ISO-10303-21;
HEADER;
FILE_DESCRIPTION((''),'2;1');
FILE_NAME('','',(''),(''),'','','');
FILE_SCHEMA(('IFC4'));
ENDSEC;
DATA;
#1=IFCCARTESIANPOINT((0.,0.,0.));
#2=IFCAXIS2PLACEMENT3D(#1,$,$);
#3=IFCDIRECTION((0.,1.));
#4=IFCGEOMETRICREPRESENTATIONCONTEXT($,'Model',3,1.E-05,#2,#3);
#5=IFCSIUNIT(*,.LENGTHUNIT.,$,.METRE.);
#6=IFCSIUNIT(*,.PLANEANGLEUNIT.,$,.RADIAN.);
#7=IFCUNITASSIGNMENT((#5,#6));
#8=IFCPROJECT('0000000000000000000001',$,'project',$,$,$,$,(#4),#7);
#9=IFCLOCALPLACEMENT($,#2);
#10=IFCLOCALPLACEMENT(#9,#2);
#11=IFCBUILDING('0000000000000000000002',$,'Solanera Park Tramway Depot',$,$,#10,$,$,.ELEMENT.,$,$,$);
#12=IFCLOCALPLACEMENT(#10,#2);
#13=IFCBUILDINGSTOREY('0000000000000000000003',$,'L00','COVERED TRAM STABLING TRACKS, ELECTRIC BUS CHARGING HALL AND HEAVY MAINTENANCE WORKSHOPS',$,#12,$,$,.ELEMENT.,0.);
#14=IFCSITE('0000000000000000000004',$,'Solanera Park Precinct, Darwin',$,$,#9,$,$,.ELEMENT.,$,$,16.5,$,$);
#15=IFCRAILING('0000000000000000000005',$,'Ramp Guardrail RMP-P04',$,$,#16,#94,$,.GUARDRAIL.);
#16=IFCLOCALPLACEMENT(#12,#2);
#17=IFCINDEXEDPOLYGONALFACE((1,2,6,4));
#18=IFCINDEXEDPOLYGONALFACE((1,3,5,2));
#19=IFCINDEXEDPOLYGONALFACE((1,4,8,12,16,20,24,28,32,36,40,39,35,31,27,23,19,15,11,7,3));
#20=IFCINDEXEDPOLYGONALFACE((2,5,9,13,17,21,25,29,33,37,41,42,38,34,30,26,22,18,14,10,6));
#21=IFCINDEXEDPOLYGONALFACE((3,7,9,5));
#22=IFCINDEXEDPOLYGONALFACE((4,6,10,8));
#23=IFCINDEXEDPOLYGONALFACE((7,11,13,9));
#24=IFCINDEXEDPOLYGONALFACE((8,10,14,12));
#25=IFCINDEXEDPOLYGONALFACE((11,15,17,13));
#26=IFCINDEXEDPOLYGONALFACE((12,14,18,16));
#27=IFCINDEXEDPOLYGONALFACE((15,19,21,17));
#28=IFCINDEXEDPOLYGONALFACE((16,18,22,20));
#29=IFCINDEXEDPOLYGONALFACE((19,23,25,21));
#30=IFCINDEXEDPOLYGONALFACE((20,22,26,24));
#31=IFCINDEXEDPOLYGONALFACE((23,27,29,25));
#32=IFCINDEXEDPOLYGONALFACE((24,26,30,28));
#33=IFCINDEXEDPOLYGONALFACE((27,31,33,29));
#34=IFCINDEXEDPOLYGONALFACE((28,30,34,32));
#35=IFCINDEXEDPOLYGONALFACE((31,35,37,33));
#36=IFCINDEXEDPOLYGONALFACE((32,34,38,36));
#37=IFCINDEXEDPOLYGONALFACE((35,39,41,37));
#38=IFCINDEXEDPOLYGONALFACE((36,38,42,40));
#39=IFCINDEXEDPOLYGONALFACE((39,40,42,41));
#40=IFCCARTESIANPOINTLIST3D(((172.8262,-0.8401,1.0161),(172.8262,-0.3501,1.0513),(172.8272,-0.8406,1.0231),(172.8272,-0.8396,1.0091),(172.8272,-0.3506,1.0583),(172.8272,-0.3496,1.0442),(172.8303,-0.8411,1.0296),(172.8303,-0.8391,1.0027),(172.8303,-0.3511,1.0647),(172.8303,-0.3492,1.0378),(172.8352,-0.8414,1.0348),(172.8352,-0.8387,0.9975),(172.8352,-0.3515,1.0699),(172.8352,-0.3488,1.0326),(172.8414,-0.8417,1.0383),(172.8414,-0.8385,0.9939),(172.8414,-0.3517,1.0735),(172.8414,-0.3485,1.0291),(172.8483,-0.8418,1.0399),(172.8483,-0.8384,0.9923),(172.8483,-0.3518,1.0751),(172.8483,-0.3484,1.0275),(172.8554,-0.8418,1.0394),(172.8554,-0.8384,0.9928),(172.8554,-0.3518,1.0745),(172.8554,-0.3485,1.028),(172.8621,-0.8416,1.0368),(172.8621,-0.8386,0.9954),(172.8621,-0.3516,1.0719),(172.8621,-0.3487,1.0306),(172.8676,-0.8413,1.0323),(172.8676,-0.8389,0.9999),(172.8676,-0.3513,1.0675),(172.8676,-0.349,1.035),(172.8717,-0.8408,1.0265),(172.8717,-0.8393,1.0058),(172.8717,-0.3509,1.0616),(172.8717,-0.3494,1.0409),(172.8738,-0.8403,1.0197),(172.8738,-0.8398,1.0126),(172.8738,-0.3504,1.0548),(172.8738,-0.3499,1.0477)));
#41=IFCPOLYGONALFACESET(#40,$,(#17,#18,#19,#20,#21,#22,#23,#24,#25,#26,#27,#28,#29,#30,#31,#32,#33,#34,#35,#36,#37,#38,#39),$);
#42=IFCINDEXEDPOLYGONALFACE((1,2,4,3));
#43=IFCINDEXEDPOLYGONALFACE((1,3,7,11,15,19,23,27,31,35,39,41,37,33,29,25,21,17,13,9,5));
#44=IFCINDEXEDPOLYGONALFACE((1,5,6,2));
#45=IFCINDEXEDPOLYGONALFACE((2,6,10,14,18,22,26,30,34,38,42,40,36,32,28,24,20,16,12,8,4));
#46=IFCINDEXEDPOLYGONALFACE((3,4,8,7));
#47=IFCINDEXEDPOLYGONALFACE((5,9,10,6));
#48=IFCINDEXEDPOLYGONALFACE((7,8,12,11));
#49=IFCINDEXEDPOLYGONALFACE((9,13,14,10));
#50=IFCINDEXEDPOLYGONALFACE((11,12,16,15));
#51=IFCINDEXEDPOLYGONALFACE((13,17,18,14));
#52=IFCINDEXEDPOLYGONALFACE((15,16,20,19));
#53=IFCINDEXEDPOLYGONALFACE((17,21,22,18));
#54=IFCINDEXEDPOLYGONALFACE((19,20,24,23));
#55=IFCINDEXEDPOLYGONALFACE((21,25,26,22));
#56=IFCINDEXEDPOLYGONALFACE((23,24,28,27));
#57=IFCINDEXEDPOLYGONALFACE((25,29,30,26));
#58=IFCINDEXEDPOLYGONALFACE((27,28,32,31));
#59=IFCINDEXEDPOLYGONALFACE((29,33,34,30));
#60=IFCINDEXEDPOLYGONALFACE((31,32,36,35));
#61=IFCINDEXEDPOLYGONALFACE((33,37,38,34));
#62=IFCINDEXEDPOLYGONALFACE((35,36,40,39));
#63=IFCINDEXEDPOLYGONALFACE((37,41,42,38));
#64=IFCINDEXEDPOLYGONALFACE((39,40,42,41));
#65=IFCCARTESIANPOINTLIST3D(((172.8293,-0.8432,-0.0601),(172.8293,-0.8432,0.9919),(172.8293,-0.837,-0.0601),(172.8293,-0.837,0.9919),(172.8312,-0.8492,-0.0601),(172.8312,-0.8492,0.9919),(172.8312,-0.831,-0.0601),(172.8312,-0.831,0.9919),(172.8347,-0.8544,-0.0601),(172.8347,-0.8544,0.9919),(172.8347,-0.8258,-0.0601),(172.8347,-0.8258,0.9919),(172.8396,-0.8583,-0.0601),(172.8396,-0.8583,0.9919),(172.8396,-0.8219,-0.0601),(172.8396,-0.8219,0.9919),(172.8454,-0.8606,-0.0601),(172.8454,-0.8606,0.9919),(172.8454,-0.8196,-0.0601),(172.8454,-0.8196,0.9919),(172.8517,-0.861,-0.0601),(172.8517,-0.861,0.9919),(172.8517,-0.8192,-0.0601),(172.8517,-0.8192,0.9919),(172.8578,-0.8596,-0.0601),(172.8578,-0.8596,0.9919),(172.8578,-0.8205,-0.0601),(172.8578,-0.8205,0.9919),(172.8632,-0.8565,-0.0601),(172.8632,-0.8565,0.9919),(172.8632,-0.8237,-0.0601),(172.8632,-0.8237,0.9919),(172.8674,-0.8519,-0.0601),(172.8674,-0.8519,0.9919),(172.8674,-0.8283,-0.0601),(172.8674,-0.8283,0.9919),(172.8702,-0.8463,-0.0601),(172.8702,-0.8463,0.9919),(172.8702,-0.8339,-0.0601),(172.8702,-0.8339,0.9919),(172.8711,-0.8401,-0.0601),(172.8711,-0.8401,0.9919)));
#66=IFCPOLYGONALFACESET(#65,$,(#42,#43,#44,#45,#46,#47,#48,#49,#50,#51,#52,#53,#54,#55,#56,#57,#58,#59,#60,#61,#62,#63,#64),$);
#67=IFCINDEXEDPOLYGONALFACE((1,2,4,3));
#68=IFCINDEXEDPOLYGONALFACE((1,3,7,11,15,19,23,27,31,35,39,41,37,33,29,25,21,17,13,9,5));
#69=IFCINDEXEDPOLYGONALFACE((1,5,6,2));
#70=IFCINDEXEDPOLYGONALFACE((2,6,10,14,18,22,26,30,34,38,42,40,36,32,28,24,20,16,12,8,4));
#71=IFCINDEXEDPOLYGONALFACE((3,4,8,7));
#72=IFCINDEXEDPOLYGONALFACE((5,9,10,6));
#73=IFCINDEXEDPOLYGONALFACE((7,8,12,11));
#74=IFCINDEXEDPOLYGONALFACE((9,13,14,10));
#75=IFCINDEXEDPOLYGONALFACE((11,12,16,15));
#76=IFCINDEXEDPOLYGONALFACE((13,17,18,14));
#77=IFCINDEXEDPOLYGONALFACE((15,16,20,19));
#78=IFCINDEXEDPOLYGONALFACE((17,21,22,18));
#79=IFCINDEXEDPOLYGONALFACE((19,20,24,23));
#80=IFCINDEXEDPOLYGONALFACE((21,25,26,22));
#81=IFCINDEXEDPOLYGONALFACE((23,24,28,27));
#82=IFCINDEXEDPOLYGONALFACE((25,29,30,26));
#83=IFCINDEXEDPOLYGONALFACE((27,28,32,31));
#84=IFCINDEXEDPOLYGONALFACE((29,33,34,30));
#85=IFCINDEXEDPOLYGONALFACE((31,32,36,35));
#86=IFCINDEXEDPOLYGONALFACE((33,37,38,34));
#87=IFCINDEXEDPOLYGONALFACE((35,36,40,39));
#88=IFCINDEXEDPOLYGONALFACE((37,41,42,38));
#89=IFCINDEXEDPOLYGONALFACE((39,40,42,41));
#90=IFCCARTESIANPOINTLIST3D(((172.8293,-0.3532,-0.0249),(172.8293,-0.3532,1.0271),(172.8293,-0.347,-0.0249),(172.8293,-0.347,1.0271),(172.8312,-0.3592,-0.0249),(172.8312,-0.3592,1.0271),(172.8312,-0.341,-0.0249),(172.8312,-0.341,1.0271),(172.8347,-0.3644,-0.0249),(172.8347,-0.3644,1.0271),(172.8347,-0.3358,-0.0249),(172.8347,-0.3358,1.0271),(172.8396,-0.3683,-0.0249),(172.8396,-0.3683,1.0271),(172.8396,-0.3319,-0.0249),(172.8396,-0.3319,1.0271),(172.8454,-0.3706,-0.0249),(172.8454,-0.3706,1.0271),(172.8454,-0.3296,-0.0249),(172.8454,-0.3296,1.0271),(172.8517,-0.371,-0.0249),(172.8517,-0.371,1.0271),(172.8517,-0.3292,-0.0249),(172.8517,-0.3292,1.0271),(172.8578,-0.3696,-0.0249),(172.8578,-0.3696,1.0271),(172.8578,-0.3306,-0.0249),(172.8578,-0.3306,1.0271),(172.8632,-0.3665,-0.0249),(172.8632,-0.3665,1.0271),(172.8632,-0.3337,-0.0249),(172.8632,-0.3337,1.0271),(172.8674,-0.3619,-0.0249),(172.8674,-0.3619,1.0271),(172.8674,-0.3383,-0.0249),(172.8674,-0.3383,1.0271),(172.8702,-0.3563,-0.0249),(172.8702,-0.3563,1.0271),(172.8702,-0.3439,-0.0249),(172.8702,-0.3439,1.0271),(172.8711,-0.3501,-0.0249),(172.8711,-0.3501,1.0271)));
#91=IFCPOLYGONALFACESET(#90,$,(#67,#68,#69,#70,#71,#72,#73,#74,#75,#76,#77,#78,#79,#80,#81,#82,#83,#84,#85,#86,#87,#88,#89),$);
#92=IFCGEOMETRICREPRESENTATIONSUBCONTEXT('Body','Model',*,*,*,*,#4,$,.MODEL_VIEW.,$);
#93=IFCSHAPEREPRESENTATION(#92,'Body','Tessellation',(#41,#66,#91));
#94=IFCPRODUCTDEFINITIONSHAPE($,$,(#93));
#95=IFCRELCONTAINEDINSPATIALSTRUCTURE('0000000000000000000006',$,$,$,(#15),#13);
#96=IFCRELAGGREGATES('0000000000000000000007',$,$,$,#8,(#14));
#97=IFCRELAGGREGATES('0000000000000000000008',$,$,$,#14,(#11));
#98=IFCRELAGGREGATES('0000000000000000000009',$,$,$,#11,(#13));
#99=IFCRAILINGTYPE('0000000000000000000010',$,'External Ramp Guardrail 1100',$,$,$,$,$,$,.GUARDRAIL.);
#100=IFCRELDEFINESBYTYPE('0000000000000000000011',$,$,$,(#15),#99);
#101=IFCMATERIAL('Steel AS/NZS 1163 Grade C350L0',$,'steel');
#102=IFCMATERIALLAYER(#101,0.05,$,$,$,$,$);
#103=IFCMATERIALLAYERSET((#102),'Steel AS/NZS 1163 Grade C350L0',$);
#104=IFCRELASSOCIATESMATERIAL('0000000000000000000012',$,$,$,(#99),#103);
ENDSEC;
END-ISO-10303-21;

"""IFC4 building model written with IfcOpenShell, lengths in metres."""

from ifc_helpers import new_model, si_unit, direction, frame, origin, origin_2d, place, context, subcontext, project, spatial, circle, extrude, material, layer, layer_set, type_object, element, save


model = new_model("IFC4")

# Units and contexts
model_context = context("Model", 3, precision=1e-05, world=origin(), true_north=direction((0.0, 1.0)))
body_context = subcontext(model_context, "Body", "Model", "MODEL_VIEW")
ifc_project = project(units=[si_unit("LENGTHUNIT", "METRE"), si_unit("PLANEANGLEUNIT", "RADIAN")], contexts=[model_context])

# Site, building, storey
site_placement = place(None, origin())
site = spatial("IfcSite", under=ifc_project, at=site_placement, Name="Solanera Park Precinct, Darwin", CompositionType="ELEMENT", RefElevation=16.5)
building_placement = place(site_placement, origin())
building = spatial("IfcBuilding", under=site, at=building_placement, Name="Solanera Park Tramway Depot", CompositionType="ELEMENT")
storey_placement = place(building_placement, origin())
storey = spatial("IfcBuildingStorey", under=building, at=storey_placement, Name="L00", Description="COVERED TRAM STABLING TRACKS, ELECTRIC BUS CHARGING HALL AND HEAVY MAINTENANCE WORKSHOPS", CompositionType="ELEMENT", Elevation=0.0)

# Railing
ifc_material_1 = material(Name="Steel AS/NZS 1163 Grade C350L0", Category="steel")
ifc_layer_1 = layer(ifc_material_1, 0.05)
ifc_layer_set_1 = layer_set([ifc_layer_1], Name="Steel AS/NZS 1163 Grade C350L0")
railing_type_1 = type_object("IfcRailingType", Name="External Ramp Guardrail 1100", PredefinedType="GUARDRAIL", material=ifc_layer_set_1)
for number, where, name in (
    (1, (172.8501, -0.8401, -0.0601), "Ramp Guardrail RMP-P04"),
):
    element("IfcRailing", number, at=place(storey_placement, frame(where)), inside=storey, type_object=railing_type_1, Name=name, PredefinedType="GUARDRAIL", context=body_context, shape_type="SweptSolid", body=[
        extrude(circle(Radius=0.0239, at=origin_2d()), frame((0.0, 0.0, 1.0762), z_axis=(0.0, 0.997436, 0.071565), x_axis=(-1.0, 0.0, 0.0)), (0.0, 0.0, 1.0), 0.4912),
        extrude(circle(Radius=0.021, at=origin_2d()), origin(), (0.0, 0.0, 1.0), 1.052),
        extrude(circle(Radius=0.021, at=origin_2d()), frame((0.0, 0.49, 0.0352)), (0.0, 0.0, 1.0), 1.052),
    ])

save(model, "model.ifc")
